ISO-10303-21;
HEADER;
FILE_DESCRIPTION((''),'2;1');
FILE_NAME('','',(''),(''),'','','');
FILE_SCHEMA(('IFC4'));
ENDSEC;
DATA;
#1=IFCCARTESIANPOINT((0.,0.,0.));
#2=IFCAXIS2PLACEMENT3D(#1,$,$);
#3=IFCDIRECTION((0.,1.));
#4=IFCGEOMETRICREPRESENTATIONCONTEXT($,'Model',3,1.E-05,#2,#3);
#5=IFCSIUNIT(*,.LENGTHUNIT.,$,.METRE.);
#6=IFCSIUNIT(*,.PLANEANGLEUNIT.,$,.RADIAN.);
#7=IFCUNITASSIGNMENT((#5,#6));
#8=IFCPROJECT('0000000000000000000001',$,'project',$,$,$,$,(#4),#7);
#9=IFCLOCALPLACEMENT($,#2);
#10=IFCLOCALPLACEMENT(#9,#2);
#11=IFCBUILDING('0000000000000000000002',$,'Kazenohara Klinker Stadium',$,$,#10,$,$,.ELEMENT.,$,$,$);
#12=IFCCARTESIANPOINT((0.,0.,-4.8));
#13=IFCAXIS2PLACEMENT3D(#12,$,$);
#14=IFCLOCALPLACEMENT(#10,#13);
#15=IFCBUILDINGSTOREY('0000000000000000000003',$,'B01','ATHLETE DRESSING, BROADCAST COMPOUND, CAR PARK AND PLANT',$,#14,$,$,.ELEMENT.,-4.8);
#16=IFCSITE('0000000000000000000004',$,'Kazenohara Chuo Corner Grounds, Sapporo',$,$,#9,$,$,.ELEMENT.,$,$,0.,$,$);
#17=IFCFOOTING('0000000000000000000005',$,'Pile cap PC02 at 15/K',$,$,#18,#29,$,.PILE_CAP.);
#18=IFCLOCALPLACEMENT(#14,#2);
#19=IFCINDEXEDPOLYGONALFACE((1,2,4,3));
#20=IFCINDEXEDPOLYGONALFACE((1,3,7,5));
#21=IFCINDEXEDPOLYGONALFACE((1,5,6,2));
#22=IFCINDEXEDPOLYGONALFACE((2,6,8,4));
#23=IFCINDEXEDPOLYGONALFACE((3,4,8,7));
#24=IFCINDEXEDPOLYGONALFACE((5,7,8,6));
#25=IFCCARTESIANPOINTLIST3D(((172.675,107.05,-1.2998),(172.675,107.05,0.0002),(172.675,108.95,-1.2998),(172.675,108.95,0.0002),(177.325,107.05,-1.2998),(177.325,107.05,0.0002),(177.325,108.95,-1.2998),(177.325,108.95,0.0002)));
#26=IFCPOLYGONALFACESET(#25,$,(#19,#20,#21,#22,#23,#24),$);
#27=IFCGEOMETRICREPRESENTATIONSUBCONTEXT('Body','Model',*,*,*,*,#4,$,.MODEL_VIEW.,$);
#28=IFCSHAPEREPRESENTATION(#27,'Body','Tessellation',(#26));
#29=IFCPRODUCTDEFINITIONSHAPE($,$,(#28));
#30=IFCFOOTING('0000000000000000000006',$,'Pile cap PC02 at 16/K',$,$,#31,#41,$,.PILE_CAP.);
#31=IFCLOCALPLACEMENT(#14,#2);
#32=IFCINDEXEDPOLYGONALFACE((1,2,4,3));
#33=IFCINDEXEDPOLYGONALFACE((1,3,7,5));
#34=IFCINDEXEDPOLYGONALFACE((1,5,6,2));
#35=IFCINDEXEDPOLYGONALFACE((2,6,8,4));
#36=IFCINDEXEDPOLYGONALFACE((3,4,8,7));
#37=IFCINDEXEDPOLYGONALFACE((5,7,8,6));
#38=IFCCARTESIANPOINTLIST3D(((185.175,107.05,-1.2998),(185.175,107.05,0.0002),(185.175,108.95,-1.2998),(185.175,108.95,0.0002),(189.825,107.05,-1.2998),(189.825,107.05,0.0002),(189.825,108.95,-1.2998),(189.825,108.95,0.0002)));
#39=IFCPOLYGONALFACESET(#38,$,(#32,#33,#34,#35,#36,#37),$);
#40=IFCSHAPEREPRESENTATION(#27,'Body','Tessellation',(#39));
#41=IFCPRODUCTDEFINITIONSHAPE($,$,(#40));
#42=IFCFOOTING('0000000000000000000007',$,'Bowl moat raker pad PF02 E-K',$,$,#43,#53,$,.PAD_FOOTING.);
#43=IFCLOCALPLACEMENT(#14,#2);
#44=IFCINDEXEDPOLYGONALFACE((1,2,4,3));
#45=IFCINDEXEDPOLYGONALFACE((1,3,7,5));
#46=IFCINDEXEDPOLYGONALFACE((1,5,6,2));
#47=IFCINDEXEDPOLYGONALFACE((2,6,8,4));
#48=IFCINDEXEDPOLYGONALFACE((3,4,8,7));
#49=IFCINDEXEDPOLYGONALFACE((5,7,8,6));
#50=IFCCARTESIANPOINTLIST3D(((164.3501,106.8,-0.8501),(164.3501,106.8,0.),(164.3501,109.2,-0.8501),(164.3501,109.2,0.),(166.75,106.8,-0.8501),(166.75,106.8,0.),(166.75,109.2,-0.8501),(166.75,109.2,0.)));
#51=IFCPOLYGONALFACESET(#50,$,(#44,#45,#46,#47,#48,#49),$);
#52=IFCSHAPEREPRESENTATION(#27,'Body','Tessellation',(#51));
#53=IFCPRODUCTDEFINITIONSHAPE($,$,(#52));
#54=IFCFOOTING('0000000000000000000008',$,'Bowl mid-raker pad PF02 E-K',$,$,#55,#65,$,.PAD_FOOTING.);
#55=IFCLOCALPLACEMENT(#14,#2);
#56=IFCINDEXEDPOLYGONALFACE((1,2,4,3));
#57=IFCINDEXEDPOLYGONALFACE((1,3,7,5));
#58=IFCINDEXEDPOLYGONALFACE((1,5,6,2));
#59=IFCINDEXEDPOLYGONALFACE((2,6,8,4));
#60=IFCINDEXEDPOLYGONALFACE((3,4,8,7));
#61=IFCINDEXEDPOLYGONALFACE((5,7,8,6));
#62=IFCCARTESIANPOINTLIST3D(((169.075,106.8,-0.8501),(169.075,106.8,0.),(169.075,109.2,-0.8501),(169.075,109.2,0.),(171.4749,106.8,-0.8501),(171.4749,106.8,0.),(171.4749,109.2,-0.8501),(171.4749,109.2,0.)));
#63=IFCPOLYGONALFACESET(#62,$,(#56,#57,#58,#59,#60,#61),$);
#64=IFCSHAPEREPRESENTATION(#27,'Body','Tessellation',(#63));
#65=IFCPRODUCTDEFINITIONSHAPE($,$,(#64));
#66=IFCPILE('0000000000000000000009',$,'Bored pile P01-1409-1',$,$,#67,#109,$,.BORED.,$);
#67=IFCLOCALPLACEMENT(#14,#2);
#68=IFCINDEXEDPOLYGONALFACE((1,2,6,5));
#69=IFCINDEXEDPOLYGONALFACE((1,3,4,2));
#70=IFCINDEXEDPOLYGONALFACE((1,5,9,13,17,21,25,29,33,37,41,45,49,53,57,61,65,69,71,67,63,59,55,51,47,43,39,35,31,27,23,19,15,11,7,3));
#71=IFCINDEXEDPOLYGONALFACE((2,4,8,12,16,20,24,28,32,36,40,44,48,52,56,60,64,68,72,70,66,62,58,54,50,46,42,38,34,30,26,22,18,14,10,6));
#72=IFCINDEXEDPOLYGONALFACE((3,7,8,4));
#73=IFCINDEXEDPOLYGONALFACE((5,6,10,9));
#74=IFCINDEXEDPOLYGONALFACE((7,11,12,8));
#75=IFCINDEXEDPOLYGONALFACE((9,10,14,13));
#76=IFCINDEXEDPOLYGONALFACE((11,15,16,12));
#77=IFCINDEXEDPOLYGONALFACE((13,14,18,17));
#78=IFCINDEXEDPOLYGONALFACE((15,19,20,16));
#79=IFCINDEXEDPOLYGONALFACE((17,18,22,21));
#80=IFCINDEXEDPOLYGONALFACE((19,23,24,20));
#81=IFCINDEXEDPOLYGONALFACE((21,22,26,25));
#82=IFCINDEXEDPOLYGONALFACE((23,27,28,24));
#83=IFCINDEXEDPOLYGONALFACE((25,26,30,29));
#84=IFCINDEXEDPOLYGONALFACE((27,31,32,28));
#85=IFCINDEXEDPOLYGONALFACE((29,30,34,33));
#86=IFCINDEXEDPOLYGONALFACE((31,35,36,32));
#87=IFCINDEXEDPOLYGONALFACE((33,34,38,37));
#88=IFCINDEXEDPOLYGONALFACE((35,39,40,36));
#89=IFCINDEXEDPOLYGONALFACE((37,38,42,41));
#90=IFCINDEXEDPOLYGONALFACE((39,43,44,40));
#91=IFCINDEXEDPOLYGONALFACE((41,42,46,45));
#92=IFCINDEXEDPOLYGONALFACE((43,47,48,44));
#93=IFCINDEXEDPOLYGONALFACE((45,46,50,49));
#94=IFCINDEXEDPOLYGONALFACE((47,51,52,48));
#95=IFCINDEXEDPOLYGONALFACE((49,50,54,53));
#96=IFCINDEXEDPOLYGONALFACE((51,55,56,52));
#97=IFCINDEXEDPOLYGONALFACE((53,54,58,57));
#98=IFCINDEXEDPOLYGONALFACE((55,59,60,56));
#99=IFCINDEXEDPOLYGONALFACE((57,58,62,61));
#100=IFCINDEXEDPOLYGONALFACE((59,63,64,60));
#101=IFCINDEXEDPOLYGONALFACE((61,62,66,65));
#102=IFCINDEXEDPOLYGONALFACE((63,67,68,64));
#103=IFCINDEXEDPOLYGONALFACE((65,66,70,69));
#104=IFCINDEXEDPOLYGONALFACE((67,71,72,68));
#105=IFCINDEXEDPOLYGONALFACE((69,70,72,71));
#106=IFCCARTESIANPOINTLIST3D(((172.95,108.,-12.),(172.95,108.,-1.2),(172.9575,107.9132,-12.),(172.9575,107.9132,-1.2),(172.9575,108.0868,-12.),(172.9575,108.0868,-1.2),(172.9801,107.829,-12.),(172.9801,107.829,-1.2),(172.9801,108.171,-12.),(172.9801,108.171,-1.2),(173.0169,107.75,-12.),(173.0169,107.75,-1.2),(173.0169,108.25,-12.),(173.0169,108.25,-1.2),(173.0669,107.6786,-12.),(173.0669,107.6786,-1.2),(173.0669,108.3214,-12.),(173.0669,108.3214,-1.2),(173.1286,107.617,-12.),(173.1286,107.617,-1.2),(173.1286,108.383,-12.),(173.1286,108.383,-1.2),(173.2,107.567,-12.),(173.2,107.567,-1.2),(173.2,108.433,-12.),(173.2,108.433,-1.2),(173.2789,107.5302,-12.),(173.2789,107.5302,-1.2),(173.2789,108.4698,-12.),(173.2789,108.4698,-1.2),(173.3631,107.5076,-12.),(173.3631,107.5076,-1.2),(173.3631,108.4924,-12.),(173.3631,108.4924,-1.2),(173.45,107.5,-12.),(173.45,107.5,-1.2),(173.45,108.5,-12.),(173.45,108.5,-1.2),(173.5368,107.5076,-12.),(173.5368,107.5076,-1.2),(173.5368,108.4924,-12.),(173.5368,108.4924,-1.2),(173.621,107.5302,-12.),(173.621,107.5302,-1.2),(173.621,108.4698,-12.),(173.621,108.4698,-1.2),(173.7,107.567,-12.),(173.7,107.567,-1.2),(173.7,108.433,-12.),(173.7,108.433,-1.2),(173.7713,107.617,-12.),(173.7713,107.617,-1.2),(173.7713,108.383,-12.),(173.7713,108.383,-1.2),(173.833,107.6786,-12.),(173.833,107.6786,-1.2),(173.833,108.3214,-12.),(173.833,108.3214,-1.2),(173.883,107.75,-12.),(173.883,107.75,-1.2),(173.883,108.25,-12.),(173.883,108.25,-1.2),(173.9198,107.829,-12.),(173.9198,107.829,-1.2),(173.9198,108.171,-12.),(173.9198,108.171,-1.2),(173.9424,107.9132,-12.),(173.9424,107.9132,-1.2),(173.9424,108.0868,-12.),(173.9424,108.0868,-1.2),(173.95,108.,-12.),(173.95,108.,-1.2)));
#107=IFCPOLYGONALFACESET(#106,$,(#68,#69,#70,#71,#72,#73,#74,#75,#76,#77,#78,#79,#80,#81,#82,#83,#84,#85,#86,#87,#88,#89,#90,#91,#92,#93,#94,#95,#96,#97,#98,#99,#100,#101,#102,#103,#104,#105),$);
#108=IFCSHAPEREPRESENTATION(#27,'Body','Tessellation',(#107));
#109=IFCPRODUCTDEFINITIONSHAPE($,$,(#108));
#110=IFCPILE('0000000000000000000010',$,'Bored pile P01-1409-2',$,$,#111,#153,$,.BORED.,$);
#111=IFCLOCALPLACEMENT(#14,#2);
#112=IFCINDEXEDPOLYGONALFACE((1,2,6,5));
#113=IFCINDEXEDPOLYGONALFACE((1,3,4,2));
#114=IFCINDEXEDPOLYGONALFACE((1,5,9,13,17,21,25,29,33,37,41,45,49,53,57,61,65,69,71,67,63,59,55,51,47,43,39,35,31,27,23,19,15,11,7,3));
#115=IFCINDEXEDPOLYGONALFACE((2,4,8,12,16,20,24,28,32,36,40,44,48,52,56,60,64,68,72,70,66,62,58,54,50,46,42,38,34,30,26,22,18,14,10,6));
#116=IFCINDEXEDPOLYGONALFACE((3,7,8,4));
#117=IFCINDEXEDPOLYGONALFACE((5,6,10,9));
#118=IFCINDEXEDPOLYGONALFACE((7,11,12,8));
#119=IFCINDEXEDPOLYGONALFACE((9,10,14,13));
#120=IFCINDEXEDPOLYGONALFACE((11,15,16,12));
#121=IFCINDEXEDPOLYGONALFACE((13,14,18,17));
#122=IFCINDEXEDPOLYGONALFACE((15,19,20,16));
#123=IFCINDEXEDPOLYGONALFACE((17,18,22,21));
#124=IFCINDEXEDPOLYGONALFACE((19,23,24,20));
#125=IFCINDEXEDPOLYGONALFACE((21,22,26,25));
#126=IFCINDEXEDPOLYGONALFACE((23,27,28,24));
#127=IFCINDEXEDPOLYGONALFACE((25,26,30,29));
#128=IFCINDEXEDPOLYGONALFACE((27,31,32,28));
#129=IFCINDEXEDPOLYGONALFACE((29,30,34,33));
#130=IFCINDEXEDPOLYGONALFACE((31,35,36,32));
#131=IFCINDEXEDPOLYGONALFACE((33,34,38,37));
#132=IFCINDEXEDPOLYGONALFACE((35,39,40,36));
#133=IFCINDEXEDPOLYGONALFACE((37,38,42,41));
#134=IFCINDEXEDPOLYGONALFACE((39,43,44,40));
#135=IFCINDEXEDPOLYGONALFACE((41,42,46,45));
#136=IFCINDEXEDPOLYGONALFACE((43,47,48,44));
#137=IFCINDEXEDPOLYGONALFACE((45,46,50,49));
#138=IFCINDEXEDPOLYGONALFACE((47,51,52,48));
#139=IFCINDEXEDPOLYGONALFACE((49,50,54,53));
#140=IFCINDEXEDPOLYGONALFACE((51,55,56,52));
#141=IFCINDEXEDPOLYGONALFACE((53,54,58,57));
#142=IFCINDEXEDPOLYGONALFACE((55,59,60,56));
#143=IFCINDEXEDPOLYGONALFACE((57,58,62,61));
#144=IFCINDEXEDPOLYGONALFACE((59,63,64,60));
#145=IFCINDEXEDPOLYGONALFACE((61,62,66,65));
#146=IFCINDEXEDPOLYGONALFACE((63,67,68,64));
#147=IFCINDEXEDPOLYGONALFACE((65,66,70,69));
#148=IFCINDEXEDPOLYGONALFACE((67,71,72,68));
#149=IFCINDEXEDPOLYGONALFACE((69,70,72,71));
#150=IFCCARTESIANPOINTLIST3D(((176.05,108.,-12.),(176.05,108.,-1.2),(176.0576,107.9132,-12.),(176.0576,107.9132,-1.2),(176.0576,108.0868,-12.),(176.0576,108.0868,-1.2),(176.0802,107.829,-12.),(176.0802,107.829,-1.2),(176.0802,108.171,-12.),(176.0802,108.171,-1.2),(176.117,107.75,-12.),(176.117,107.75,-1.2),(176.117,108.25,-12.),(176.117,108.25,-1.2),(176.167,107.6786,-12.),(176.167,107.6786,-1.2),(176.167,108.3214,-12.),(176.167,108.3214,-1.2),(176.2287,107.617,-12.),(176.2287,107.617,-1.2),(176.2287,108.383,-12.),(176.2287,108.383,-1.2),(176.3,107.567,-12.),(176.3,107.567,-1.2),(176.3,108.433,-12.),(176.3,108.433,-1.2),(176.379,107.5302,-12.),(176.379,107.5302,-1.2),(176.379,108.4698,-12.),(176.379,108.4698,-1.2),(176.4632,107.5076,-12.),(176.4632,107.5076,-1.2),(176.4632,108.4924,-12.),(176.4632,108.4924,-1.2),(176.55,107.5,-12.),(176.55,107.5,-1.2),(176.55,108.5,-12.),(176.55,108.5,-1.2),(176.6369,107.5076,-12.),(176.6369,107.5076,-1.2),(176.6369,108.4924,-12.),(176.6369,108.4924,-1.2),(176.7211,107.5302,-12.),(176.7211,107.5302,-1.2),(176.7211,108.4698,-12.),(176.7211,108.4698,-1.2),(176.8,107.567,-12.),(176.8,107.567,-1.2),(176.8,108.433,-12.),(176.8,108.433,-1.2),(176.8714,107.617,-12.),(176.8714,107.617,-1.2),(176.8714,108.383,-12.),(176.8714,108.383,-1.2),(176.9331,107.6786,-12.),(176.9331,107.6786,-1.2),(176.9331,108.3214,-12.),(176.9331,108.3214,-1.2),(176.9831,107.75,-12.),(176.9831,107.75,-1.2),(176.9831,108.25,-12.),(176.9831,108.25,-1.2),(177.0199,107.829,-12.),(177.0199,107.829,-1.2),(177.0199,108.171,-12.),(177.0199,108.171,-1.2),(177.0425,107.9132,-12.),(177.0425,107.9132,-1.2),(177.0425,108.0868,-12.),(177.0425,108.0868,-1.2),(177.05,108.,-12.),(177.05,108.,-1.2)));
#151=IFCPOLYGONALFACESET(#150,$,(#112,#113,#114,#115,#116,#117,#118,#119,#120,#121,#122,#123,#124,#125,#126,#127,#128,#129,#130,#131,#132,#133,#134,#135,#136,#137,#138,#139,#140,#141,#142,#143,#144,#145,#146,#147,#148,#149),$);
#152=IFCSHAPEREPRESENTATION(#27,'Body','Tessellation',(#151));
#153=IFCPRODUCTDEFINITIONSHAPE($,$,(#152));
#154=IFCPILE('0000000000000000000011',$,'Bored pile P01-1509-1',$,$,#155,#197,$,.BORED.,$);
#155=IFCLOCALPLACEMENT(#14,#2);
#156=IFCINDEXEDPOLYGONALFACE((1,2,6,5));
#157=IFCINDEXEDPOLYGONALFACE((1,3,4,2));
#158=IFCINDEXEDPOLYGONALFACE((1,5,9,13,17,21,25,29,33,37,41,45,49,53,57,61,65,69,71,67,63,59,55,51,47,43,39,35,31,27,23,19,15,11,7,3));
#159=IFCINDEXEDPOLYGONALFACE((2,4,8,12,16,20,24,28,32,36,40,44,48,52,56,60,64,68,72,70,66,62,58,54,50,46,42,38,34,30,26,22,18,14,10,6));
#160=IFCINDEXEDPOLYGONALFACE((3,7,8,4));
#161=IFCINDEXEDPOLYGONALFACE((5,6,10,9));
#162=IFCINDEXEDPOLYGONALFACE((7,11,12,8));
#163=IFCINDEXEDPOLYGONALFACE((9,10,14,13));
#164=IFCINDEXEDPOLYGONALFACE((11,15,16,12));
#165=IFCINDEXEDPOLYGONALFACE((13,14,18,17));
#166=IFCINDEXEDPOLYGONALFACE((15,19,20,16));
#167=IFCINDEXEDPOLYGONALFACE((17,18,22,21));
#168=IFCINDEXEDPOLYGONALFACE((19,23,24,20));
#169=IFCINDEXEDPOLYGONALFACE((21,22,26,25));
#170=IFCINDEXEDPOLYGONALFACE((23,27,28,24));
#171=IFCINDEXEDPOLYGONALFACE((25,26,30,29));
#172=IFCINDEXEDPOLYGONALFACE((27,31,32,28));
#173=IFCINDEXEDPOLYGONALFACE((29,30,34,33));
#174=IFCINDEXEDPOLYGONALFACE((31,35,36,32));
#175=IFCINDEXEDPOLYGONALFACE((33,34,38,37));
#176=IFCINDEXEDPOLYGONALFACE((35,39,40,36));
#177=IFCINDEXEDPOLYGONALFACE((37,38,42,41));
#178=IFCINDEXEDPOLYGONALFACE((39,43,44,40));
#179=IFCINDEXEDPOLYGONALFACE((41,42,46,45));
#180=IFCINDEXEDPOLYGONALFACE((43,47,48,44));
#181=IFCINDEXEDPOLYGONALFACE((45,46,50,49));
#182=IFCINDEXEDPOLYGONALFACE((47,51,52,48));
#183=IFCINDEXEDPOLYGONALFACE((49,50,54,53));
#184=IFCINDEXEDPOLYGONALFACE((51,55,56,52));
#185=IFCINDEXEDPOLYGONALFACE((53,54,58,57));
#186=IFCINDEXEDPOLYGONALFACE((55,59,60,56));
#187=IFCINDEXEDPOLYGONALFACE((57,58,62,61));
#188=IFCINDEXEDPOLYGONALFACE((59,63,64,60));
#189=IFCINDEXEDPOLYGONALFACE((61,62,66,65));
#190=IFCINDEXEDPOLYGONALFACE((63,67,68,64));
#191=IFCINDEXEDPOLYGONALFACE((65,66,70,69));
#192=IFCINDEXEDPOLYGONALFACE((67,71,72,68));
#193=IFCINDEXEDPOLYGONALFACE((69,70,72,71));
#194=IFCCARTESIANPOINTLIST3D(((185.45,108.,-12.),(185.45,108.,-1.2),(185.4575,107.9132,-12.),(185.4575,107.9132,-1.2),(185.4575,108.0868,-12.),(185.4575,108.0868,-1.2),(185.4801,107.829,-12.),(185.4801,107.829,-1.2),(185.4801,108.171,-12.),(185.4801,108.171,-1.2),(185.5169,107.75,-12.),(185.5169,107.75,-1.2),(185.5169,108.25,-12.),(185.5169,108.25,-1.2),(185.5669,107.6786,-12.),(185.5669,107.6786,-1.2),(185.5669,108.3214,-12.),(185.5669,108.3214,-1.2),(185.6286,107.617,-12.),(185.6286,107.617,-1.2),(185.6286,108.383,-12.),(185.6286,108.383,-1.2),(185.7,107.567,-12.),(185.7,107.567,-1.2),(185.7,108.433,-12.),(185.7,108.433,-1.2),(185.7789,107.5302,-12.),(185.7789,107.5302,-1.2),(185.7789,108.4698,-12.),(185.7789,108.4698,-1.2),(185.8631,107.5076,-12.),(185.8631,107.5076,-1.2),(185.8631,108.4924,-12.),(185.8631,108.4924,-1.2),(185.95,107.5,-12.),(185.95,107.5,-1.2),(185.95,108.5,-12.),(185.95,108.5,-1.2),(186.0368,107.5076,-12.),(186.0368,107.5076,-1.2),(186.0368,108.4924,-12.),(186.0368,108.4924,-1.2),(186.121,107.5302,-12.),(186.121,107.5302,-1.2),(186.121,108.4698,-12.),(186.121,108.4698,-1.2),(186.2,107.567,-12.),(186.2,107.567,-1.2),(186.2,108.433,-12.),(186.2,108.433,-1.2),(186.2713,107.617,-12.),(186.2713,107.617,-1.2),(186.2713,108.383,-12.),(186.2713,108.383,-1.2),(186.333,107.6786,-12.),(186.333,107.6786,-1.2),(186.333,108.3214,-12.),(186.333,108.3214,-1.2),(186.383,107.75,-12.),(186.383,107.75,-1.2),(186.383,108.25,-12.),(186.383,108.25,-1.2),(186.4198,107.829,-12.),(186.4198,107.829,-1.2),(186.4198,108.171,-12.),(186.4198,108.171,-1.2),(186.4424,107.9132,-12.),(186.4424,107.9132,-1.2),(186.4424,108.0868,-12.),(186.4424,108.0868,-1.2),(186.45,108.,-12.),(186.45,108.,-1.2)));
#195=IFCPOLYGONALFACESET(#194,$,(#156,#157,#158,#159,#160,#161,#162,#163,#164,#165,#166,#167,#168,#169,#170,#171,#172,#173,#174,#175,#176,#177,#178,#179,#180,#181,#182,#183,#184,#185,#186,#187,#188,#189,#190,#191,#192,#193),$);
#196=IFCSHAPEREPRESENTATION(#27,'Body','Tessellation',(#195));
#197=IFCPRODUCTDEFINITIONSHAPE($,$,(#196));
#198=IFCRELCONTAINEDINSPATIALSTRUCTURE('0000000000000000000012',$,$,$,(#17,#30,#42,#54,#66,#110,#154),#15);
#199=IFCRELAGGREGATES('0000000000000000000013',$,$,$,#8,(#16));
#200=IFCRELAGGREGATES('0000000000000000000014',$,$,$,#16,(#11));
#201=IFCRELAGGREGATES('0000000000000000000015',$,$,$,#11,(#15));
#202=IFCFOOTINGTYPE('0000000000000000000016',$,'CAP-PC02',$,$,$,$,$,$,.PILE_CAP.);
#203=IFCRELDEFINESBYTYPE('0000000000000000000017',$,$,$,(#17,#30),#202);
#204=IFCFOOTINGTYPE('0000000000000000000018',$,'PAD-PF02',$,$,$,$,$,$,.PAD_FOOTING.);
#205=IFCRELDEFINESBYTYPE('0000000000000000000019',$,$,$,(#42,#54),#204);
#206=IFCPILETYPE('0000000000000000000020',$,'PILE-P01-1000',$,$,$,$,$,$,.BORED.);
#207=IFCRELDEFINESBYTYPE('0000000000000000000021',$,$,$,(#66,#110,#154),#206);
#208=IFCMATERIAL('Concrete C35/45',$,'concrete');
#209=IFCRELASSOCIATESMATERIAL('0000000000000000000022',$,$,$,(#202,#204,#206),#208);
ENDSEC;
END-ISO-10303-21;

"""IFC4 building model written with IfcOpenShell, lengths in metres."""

from ifc_helpers import new_model, si_unit, direction, frame, origin, origin_2d, place, context, subcontext, project, spatial, rectangle, circle, extrude, material, material_profile, profile_set, type_object, element, save


model = new_model("IFC4")

# Units and contexts
model_context = context("Model", 3, precision=1e-05, world=origin(), true_north=direction((0.0, 1.0)))
body_context = subcontext(model_context, "Body", "Model", "MODEL_VIEW")
ifc_project = project(units=[si_unit("LENGTHUNIT", "METRE"), si_unit("PLANEANGLEUNIT", "RADIAN")], contexts=[model_context])

# Site, building, storey
site_placement = place(None, origin())
site = spatial("IfcSite", under=ifc_project, at=site_placement, Name="Kazenohara Chuo Corner Grounds, Sapporo", CompositionType="ELEMENT", RefElevation=0.0)
building_placement = place(site_placement, origin())
building = spatial("IfcBuilding", under=site, at=building_placement, Name="Kazenohara Klinker Stadium", CompositionType="ELEMENT")
storey_placement = place(building_placement, frame((0.0, 0.0, -4.8)))
storey = spatial("IfcBuildingStorey", under=building, at=storey_placement, Name="B01", Description="ATHLETE DRESSING, BROADCAST COMPOUND, CAR PARK AND PLANT", CompositionType="ELEMENT", Elevation=-4.8)

# Footings
ifc_material_1 = material(Name="Concrete C35/45", Category="concrete")
footing_type_1 = type_object("IfcFootingType", Name="CAP-PC02", PredefinedType="PILE_CAP", material=ifc_material_1)
for number, where, z_axis, x_axis, name in (
    (1, (175.0, 108.0, -1.2998), (0.0, 0.0, 1.0), (1.0, 0.0, 0.0), "Pile cap PC02 at 15/K"),
    (2, (187.5, 108.0, -1.2998), (0.0, 0.0, 1.0), (1.0, 0.0, 0.0), "Pile cap PC02 at 16/K"),
):
    element("IfcFooting", number, at=place(storey_placement, frame(where, z_axis=z_axis, x_axis=x_axis)), inside=storey, type_object=footing_type_1, Name=name, PredefinedType="PILE_CAP", context=body_context, shape_type="SweptSolid", body=[
        extrude(rectangle(XDim=4.6499, YDim=1.8999, at=origin_2d()), origin(), (0.0, 0.0, 1.0), 1.3),
    ])
footing_type_2 = type_object("IfcFootingType", Name="PAD-PF02", PredefinedType="PAD_FOOTING", material=ifc_material_1)
for number, where, z_axis, x_axis, name in (
    (3, (165.55, 108.0, -0.8501), (0.0, 0.0, 1.0), (1.0, 0.0, 0.0), "Bowl moat raker pad PF02 E-K"),
    (4, (170.2749, 108.0, -0.8501), (0.0, 0.0, 1.0), (1.0, 0.0, 0.0), "Bowl mid-raker pad PF02 E-K"),
):
    element("IfcFooting", number, at=place(storey_placement, frame(where, z_axis=z_axis, x_axis=x_axis)), inside=storey, type_object=footing_type_2, Name=name, PredefinedType="PAD_FOOTING", context=body_context, shape_type="SweptSolid", body=[
        extrude(rectangle(XDim=2.3999, YDim=2.3999, at=origin_2d()), origin(), (0.0, 0.0, 1.0), 0.8501),
    ])

# Piles
ifc_material_profile_1 = material_profile(ifc_material_1, circle(Radius=0.5, at=origin_2d()), Name="BORED-PILE-1000")
ifc_profile_set_1 = profile_set([ifc_material_profile_1], Name="Concrete C35/45")
pile_type_1 = type_object("IfcPileType", Name="PILE-P01-1000", PredefinedType="BORED", material=ifc_profile_set_1)
for number, where, z_axis, x_axis, name in (
    (5, (173.45, 108.0, -1.2), (0.0, 0.0, -1.0), (1.0, 0.0, 0.0), "Bored pile P01-1409-1"),
    (6, (176.55, 108.0, -1.2), (0.0, 0.0, -1.0), (1.0, 0.0, 0.0), "Bored pile P01-1409-2"),
    (7, (185.95, 108.0, -1.2), (0.0, 0.0, -1.0), (1.0, 0.0, 0.0), "Bored pile P01-1509-1"),
):
    element("IfcPile", number, at=place(storey_placement, frame(where, z_axis=z_axis, x_axis=x_axis)), inside=storey, type_object=pile_type_1, Name=name, PredefinedType="BORED", context=body_context, shape_type="SweptSolid", body=[
        extrude(circle(Radius=0.5, at=origin_2d()), origin(), (0.0, 0.0, 1.0), 10.8),
    ])

save(model, "model.ifc")
